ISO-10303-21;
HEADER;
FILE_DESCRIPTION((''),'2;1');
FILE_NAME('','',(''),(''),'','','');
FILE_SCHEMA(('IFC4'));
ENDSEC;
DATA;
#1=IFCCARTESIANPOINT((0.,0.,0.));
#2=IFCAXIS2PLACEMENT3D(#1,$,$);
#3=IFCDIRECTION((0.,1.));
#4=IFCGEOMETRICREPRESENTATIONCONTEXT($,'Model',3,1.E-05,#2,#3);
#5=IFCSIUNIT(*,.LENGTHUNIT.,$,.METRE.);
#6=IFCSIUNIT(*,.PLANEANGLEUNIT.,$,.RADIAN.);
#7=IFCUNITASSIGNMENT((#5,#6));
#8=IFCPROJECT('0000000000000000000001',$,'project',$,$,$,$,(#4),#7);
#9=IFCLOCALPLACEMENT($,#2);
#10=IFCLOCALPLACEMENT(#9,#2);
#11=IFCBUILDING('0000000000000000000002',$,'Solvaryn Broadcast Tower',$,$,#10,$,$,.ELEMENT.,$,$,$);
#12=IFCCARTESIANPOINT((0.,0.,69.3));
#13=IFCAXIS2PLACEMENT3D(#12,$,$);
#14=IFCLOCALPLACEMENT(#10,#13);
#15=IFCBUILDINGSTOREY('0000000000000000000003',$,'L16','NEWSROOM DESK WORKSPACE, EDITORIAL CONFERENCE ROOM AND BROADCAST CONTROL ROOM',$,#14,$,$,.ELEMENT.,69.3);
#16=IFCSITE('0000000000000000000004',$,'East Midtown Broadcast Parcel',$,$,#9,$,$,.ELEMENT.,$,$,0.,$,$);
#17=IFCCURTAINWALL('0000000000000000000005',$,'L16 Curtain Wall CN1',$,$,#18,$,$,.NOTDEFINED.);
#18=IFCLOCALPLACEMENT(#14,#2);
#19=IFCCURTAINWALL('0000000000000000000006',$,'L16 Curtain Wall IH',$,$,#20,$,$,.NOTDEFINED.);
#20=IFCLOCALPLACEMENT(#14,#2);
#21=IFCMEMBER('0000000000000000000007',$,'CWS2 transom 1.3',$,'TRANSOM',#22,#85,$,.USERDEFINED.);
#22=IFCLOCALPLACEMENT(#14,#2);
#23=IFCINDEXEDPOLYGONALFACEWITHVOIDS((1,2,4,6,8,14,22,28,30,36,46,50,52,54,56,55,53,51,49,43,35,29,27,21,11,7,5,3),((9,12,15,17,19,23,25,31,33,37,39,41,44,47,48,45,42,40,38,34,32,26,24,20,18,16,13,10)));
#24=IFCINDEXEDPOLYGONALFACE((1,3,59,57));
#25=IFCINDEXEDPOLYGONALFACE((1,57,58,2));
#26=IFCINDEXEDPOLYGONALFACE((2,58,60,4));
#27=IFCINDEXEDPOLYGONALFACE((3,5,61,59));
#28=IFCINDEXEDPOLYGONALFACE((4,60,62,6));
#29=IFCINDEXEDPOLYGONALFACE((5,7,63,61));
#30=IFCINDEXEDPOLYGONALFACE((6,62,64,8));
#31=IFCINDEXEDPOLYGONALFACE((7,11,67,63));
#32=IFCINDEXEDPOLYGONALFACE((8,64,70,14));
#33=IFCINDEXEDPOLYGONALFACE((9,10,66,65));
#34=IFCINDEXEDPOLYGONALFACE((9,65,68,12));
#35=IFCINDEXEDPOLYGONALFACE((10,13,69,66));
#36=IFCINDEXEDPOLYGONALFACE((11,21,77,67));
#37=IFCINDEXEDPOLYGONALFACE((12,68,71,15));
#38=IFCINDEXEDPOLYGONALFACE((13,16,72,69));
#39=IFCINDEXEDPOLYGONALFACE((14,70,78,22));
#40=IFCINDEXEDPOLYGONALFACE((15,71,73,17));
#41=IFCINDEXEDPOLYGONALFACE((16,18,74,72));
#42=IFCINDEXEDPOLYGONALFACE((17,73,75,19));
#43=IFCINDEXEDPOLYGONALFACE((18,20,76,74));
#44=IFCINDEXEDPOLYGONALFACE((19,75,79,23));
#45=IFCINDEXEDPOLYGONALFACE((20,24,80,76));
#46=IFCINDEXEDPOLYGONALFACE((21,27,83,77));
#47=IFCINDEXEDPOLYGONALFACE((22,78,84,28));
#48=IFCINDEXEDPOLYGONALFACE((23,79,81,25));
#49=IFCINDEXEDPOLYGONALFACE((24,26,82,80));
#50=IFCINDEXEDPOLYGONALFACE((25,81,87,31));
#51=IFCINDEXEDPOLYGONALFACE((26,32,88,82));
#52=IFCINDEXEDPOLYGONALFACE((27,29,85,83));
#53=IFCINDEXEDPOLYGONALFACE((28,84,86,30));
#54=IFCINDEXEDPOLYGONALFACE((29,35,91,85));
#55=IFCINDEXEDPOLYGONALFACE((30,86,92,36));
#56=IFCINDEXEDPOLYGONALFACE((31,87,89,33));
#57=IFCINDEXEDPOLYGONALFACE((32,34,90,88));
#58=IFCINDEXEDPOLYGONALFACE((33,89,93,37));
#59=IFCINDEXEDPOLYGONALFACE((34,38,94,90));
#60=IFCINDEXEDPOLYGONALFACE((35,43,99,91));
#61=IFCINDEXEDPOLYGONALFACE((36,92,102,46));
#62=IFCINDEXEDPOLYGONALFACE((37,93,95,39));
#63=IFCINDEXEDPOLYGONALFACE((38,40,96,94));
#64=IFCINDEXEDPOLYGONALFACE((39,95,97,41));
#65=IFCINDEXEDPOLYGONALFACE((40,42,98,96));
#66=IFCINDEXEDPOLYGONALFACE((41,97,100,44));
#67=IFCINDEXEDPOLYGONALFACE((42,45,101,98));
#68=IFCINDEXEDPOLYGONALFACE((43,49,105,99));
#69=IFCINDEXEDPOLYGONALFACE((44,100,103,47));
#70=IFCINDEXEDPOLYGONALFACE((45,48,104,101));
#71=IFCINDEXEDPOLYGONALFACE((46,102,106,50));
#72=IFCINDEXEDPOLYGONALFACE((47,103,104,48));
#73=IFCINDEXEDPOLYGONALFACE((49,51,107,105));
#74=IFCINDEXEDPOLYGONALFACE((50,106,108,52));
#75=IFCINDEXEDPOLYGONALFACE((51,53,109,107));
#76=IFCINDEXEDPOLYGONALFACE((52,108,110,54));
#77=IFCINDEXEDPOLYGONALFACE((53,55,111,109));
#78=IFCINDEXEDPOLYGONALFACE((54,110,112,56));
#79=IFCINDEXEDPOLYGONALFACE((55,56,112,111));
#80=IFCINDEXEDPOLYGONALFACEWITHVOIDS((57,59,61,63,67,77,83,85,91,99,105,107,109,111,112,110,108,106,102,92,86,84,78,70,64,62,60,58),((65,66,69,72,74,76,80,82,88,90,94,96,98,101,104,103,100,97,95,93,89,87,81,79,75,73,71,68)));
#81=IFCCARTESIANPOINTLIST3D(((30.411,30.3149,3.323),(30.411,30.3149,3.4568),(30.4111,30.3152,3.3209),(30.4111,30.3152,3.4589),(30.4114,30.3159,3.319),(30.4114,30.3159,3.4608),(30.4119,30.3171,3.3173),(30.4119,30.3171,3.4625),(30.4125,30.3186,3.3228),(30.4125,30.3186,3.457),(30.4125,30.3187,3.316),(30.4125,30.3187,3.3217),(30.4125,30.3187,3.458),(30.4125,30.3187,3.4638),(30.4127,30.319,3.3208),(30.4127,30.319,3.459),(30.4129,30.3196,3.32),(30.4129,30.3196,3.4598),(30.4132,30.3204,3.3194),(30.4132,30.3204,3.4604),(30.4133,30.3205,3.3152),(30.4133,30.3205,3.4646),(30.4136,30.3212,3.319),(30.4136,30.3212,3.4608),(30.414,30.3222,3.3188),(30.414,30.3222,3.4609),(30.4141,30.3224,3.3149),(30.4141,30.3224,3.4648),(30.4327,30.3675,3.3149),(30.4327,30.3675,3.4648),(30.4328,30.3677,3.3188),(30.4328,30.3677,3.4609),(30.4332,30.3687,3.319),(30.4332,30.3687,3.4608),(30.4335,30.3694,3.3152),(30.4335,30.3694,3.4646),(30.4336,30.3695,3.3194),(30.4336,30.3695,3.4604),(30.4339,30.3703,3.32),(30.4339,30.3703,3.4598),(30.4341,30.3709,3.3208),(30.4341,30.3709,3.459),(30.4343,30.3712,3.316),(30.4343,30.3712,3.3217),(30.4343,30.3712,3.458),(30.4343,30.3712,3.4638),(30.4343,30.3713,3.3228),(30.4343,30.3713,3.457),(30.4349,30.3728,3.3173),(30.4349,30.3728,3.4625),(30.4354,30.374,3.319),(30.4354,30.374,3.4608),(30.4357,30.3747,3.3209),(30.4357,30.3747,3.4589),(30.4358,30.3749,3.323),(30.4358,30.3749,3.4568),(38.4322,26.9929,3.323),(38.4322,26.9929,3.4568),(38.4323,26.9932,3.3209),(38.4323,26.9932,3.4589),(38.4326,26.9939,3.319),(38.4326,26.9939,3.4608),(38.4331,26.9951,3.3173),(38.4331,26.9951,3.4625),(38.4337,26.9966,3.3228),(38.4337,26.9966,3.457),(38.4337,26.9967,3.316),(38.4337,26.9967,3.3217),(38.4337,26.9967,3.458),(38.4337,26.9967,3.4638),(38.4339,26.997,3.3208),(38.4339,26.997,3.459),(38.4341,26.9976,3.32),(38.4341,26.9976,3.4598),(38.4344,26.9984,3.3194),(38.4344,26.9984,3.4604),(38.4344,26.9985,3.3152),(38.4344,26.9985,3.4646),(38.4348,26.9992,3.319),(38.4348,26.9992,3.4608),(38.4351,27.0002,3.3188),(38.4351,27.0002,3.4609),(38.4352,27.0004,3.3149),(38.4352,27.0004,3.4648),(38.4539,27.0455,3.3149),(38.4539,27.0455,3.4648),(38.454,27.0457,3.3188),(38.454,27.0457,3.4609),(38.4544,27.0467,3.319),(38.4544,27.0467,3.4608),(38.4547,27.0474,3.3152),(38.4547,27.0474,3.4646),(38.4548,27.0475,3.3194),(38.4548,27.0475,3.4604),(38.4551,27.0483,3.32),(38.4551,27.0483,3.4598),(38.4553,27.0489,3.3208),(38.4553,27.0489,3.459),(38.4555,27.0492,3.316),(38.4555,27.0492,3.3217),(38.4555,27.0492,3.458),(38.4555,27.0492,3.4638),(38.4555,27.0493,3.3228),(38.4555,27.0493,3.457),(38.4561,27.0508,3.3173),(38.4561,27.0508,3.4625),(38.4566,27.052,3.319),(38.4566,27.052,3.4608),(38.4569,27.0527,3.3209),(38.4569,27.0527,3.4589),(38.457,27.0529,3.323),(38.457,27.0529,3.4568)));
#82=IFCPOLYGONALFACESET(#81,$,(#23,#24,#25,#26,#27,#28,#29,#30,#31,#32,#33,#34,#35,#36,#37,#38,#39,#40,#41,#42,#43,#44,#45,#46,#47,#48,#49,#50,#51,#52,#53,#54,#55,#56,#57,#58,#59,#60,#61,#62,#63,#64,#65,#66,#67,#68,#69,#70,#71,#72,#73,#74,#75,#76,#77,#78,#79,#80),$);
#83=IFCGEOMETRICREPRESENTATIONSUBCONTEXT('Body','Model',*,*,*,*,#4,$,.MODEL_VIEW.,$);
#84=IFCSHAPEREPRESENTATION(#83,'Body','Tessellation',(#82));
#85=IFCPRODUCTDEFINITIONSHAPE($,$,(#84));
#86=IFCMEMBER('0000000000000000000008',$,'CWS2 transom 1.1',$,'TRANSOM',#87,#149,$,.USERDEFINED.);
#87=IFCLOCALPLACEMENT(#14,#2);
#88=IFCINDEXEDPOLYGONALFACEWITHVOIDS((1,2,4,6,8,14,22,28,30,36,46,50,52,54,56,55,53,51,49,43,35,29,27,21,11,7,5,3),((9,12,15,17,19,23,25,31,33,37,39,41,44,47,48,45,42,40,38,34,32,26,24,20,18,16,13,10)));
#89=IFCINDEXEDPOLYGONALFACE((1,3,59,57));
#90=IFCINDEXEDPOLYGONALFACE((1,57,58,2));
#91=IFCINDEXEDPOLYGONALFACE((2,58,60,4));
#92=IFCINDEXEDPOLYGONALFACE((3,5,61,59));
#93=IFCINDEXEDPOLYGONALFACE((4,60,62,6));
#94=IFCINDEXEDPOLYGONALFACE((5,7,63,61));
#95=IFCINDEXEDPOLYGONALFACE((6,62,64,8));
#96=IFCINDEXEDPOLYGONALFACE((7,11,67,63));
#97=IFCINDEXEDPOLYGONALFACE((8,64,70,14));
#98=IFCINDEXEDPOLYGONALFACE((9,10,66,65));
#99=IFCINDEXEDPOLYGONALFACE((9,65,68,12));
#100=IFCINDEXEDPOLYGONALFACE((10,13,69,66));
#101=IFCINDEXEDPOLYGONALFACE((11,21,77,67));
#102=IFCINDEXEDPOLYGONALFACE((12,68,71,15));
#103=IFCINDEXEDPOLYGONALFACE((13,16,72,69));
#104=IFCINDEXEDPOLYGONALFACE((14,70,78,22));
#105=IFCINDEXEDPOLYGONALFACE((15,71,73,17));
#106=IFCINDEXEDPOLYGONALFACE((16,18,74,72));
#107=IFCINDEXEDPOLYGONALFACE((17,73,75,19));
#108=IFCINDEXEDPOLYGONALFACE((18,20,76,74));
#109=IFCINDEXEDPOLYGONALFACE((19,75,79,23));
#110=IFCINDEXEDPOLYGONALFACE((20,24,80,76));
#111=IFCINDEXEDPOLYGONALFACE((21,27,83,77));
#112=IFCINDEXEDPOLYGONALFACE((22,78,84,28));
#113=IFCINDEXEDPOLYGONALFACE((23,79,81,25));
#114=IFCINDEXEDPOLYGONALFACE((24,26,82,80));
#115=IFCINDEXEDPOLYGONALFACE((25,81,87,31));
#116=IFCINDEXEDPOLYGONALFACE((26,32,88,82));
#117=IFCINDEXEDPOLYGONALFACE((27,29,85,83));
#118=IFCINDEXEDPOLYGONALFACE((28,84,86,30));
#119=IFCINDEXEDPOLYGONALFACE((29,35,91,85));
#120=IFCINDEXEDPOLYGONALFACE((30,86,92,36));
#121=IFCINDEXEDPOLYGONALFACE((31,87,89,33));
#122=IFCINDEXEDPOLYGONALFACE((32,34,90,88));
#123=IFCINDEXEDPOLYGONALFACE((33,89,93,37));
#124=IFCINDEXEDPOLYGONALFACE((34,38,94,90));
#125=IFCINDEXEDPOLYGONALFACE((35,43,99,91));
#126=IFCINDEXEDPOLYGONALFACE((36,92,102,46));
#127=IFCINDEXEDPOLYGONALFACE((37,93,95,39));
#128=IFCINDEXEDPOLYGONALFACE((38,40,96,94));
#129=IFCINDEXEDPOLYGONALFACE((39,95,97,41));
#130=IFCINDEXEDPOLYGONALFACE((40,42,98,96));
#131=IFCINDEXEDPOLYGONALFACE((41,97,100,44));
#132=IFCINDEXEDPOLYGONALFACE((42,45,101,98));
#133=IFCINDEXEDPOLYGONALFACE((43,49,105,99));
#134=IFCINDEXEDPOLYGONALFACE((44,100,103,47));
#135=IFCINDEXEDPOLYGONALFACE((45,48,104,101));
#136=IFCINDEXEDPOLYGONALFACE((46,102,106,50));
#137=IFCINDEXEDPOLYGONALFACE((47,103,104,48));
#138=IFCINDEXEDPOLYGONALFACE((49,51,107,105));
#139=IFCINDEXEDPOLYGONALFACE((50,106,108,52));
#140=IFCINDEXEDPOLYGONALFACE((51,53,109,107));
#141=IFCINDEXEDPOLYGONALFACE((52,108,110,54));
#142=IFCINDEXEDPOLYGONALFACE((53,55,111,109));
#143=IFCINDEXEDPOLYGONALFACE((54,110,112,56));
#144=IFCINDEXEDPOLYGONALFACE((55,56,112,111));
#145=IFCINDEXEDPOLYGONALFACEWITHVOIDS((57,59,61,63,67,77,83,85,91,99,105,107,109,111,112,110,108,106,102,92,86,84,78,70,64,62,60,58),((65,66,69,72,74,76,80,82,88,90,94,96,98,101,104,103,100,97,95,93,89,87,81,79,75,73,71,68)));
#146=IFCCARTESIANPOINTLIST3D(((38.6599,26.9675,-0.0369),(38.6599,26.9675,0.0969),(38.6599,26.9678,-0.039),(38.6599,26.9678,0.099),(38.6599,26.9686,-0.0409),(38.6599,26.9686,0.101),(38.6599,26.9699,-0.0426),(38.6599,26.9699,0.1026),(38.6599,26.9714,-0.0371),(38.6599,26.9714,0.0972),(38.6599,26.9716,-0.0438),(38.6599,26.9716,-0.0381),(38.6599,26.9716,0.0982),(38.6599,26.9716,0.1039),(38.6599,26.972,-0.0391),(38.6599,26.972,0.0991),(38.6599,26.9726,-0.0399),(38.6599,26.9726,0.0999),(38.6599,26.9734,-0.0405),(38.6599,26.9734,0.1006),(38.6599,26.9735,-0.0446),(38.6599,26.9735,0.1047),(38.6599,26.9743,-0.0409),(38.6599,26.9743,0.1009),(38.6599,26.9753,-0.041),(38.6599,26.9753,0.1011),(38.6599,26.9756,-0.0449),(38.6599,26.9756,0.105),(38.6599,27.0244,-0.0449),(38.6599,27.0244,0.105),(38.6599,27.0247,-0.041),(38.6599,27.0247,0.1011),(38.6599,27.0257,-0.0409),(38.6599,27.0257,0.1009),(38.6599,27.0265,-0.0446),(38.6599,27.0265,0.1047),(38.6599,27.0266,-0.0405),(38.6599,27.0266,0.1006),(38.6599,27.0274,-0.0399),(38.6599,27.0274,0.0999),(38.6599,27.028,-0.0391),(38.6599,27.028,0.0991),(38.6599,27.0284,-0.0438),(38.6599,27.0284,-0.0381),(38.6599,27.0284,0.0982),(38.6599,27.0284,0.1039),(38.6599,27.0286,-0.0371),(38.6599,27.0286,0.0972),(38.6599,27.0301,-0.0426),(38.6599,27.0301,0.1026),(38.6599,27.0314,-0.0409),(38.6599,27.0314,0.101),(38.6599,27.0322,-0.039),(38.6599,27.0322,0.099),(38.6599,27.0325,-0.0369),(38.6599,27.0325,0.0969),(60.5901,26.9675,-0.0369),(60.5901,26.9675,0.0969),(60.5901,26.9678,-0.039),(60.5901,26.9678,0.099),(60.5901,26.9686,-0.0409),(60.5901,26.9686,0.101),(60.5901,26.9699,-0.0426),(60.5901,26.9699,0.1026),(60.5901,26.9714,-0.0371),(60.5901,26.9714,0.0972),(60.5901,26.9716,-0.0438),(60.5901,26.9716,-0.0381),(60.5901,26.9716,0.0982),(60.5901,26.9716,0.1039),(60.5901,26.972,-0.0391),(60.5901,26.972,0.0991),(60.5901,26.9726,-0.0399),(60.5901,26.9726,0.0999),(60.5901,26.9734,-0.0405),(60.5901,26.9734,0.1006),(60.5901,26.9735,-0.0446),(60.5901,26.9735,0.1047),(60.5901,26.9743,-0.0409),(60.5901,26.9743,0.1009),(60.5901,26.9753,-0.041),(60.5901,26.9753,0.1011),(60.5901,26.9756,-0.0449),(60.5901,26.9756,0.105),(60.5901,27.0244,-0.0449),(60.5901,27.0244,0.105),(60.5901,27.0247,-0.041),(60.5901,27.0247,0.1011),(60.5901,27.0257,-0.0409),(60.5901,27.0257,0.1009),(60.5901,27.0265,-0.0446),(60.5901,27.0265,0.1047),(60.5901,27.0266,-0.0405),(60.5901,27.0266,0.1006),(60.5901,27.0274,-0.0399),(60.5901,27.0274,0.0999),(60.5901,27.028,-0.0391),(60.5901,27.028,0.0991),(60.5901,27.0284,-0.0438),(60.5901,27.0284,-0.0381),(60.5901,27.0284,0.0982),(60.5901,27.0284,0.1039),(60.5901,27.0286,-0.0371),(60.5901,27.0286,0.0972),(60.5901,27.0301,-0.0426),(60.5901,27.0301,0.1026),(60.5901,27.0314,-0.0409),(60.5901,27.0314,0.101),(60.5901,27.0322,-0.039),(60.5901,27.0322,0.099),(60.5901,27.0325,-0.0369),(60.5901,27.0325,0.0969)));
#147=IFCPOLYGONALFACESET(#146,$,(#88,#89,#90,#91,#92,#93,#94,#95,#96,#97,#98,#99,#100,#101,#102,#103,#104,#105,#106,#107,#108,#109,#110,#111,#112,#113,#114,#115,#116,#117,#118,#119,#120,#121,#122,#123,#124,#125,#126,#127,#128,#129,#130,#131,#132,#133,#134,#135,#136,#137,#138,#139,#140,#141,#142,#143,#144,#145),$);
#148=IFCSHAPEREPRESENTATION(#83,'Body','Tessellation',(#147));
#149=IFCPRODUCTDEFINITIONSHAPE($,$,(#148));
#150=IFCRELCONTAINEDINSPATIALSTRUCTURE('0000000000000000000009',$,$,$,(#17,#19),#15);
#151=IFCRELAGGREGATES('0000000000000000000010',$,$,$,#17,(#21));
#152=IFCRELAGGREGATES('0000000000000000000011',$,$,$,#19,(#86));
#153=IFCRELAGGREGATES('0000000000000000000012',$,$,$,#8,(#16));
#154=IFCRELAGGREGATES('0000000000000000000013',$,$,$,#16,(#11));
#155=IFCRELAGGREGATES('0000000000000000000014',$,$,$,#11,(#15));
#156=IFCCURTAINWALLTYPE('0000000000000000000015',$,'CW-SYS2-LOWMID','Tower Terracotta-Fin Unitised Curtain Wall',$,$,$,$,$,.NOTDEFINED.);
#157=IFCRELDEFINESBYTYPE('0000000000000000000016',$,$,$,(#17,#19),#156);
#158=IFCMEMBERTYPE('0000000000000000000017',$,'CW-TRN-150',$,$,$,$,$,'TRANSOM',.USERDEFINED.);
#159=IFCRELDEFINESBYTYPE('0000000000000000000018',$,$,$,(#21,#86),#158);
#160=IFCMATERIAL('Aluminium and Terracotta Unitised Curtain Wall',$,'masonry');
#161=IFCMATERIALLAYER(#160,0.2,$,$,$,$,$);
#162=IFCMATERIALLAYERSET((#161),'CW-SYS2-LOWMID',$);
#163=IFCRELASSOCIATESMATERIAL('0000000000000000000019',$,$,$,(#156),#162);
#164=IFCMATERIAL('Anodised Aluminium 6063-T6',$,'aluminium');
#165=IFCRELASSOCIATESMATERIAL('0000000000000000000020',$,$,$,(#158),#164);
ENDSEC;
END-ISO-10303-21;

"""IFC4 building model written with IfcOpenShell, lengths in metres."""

from ifc_helpers import new_model, si_unit, direction, frame, origin, origin_2d, place, context, subcontext, project, spatial, hollow_rectangle, extrude, material, layer, layer_set, material_profile, profile_set, type_object, element, aggregate, save


model = new_model("IFC4")

# Units and contexts
model_context = context("Model", 3, precision=1e-05, world=origin(), true_north=direction((0.0, 1.0)))
body_context = subcontext(model_context, "Body", "Model", "MODEL_VIEW")
ifc_project = project(units=[si_unit("LENGTHUNIT", "METRE"), si_unit("PLANEANGLEUNIT", "RADIAN")], contexts=[model_context])

# Site, building, storey
site_placement = place(None, origin())
site = spatial("IfcSite", under=ifc_project, at=site_placement, Name="East Midtown Broadcast Parcel", CompositionType="ELEMENT", RefElevation=0.0)
building_placement = place(site_placement, origin())
building = spatial("IfcBuilding", under=site, at=building_placement, Name="Solvaryn Broadcast Tower", CompositionType="ELEMENT")
storey_placement = place(building_placement, frame((0.0, 0.0, 69.3)))
storey = spatial("IfcBuildingStorey", under=building, at=storey_placement, Name="L16", Description="NEWSROOM DESK WORKSPACE, EDITORIAL CONFERENCE ROOM AND BROADCAST CONTROL ROOM", CompositionType="ELEMENT", Elevation=69.3)

# Curtain walls
ifc_material_1 = material(Name="Aluminium and Terracotta Unitised Curtain Wall", Category="masonry")
ifc_layer_1 = layer(ifc_material_1, 0.2)
ifc_layer_set_1 = layer_set([ifc_layer_1], Name="CW-SYS2-LOWMID")
curtain_wall_type = type_object("IfcCurtainWallType", Name="CW-SYS2-LOWMID", Description="Tower Terracotta-Fin Unitised Curtain Wall", PredefinedType="NOTDEFINED", material=ifc_layer_set_1)
curtain_wall_1_placement = place(storey_placement, origin())
curtain_wall_1 = element("IfcCurtainWall", 1, at=curtain_wall_1_placement, inside=storey, type_object=curtain_wall_type, Name="L16 Curtain Wall CN1", PredefinedType="NOTDEFINED")
curtain_wall_2_placement = place(storey_placement, origin())
curtain_wall_2 = element("IfcCurtainWall", 2, at=curtain_wall_2_placement, inside=storey, type_object=curtain_wall_type, Name="L16 Curtain Wall IH", PredefinedType="NOTDEFINED")

# Members
ifc_material_2 = material(Name="Anodised Aluminium 6063-T6", Category="aluminium")
ifc_material_profile_1 = material_profile(ifc_material_2, hollow_rectangle(XDim=0.0649, YDim=0.1499, WallThickness=0.0039, InnerFilletRadius=0.0039, OuterFilletRadius=0.0081, at=origin_2d()))
ifc_profile_set_1 = profile_set([ifc_material_profile_1], Name="Anodised Aluminium 6063-T6")
member_type_1 = type_object("IfcMemberType", Name="CW-TRN-150", ElementType="TRANSOM", PredefinedType="USERDEFINED", material=ifc_profile_set_1)
member_1_placement = place(storey_placement, frame((38.4446, 27.0229, 3.3899), z_axis=(-0.923899, 0.382636, 0.0), x_axis=(-0.382636, -0.923899, 0.0)))
member_1 = element("IfcMember", 3, at=member_1_placement, type_object=member_type_1, Name="CWS2 transom 1.3", ObjectType="TRANSOM", PredefinedType="USERDEFINED", context=body_context, shape_type="SweptSolid", body=[
    extrude(hollow_rectangle(XDim=0.0649, YDim=0.1499, WallThickness=0.0039, InnerFilletRadius=0.0039, OuterFilletRadius=0.0081, at=origin_2d()), origin(), (0.0, 0.0, 1.0), 8.6819),
])
aggregate(curtain_wall_1, [member_1])
member_2_placement = place(storey_placement, frame((38.6599, 27.0, 0.03), z_axis=(1.0, 0.0, 0.0), x_axis=(0.0, 1.0, 0.0)))
member_2 = element("IfcMember", 4, at=member_2_placement, type_object=member_type_1, Name="CWS2 transom 1.1", ObjectType="TRANSOM", PredefinedType="USERDEFINED", context=body_context, shape_type="SweptSolid", body=[
    extrude(hollow_rectangle(XDim=0.0649, YDim=0.1499, WallThickness=0.0039, InnerFilletRadius=0.0039, OuterFilletRadius=0.0081, at=origin_2d()), origin(), (0.0, 0.0, 1.0), 21.9302),
])
aggregate(curtain_wall_2, [member_2])

save(model, "model.ifc")
